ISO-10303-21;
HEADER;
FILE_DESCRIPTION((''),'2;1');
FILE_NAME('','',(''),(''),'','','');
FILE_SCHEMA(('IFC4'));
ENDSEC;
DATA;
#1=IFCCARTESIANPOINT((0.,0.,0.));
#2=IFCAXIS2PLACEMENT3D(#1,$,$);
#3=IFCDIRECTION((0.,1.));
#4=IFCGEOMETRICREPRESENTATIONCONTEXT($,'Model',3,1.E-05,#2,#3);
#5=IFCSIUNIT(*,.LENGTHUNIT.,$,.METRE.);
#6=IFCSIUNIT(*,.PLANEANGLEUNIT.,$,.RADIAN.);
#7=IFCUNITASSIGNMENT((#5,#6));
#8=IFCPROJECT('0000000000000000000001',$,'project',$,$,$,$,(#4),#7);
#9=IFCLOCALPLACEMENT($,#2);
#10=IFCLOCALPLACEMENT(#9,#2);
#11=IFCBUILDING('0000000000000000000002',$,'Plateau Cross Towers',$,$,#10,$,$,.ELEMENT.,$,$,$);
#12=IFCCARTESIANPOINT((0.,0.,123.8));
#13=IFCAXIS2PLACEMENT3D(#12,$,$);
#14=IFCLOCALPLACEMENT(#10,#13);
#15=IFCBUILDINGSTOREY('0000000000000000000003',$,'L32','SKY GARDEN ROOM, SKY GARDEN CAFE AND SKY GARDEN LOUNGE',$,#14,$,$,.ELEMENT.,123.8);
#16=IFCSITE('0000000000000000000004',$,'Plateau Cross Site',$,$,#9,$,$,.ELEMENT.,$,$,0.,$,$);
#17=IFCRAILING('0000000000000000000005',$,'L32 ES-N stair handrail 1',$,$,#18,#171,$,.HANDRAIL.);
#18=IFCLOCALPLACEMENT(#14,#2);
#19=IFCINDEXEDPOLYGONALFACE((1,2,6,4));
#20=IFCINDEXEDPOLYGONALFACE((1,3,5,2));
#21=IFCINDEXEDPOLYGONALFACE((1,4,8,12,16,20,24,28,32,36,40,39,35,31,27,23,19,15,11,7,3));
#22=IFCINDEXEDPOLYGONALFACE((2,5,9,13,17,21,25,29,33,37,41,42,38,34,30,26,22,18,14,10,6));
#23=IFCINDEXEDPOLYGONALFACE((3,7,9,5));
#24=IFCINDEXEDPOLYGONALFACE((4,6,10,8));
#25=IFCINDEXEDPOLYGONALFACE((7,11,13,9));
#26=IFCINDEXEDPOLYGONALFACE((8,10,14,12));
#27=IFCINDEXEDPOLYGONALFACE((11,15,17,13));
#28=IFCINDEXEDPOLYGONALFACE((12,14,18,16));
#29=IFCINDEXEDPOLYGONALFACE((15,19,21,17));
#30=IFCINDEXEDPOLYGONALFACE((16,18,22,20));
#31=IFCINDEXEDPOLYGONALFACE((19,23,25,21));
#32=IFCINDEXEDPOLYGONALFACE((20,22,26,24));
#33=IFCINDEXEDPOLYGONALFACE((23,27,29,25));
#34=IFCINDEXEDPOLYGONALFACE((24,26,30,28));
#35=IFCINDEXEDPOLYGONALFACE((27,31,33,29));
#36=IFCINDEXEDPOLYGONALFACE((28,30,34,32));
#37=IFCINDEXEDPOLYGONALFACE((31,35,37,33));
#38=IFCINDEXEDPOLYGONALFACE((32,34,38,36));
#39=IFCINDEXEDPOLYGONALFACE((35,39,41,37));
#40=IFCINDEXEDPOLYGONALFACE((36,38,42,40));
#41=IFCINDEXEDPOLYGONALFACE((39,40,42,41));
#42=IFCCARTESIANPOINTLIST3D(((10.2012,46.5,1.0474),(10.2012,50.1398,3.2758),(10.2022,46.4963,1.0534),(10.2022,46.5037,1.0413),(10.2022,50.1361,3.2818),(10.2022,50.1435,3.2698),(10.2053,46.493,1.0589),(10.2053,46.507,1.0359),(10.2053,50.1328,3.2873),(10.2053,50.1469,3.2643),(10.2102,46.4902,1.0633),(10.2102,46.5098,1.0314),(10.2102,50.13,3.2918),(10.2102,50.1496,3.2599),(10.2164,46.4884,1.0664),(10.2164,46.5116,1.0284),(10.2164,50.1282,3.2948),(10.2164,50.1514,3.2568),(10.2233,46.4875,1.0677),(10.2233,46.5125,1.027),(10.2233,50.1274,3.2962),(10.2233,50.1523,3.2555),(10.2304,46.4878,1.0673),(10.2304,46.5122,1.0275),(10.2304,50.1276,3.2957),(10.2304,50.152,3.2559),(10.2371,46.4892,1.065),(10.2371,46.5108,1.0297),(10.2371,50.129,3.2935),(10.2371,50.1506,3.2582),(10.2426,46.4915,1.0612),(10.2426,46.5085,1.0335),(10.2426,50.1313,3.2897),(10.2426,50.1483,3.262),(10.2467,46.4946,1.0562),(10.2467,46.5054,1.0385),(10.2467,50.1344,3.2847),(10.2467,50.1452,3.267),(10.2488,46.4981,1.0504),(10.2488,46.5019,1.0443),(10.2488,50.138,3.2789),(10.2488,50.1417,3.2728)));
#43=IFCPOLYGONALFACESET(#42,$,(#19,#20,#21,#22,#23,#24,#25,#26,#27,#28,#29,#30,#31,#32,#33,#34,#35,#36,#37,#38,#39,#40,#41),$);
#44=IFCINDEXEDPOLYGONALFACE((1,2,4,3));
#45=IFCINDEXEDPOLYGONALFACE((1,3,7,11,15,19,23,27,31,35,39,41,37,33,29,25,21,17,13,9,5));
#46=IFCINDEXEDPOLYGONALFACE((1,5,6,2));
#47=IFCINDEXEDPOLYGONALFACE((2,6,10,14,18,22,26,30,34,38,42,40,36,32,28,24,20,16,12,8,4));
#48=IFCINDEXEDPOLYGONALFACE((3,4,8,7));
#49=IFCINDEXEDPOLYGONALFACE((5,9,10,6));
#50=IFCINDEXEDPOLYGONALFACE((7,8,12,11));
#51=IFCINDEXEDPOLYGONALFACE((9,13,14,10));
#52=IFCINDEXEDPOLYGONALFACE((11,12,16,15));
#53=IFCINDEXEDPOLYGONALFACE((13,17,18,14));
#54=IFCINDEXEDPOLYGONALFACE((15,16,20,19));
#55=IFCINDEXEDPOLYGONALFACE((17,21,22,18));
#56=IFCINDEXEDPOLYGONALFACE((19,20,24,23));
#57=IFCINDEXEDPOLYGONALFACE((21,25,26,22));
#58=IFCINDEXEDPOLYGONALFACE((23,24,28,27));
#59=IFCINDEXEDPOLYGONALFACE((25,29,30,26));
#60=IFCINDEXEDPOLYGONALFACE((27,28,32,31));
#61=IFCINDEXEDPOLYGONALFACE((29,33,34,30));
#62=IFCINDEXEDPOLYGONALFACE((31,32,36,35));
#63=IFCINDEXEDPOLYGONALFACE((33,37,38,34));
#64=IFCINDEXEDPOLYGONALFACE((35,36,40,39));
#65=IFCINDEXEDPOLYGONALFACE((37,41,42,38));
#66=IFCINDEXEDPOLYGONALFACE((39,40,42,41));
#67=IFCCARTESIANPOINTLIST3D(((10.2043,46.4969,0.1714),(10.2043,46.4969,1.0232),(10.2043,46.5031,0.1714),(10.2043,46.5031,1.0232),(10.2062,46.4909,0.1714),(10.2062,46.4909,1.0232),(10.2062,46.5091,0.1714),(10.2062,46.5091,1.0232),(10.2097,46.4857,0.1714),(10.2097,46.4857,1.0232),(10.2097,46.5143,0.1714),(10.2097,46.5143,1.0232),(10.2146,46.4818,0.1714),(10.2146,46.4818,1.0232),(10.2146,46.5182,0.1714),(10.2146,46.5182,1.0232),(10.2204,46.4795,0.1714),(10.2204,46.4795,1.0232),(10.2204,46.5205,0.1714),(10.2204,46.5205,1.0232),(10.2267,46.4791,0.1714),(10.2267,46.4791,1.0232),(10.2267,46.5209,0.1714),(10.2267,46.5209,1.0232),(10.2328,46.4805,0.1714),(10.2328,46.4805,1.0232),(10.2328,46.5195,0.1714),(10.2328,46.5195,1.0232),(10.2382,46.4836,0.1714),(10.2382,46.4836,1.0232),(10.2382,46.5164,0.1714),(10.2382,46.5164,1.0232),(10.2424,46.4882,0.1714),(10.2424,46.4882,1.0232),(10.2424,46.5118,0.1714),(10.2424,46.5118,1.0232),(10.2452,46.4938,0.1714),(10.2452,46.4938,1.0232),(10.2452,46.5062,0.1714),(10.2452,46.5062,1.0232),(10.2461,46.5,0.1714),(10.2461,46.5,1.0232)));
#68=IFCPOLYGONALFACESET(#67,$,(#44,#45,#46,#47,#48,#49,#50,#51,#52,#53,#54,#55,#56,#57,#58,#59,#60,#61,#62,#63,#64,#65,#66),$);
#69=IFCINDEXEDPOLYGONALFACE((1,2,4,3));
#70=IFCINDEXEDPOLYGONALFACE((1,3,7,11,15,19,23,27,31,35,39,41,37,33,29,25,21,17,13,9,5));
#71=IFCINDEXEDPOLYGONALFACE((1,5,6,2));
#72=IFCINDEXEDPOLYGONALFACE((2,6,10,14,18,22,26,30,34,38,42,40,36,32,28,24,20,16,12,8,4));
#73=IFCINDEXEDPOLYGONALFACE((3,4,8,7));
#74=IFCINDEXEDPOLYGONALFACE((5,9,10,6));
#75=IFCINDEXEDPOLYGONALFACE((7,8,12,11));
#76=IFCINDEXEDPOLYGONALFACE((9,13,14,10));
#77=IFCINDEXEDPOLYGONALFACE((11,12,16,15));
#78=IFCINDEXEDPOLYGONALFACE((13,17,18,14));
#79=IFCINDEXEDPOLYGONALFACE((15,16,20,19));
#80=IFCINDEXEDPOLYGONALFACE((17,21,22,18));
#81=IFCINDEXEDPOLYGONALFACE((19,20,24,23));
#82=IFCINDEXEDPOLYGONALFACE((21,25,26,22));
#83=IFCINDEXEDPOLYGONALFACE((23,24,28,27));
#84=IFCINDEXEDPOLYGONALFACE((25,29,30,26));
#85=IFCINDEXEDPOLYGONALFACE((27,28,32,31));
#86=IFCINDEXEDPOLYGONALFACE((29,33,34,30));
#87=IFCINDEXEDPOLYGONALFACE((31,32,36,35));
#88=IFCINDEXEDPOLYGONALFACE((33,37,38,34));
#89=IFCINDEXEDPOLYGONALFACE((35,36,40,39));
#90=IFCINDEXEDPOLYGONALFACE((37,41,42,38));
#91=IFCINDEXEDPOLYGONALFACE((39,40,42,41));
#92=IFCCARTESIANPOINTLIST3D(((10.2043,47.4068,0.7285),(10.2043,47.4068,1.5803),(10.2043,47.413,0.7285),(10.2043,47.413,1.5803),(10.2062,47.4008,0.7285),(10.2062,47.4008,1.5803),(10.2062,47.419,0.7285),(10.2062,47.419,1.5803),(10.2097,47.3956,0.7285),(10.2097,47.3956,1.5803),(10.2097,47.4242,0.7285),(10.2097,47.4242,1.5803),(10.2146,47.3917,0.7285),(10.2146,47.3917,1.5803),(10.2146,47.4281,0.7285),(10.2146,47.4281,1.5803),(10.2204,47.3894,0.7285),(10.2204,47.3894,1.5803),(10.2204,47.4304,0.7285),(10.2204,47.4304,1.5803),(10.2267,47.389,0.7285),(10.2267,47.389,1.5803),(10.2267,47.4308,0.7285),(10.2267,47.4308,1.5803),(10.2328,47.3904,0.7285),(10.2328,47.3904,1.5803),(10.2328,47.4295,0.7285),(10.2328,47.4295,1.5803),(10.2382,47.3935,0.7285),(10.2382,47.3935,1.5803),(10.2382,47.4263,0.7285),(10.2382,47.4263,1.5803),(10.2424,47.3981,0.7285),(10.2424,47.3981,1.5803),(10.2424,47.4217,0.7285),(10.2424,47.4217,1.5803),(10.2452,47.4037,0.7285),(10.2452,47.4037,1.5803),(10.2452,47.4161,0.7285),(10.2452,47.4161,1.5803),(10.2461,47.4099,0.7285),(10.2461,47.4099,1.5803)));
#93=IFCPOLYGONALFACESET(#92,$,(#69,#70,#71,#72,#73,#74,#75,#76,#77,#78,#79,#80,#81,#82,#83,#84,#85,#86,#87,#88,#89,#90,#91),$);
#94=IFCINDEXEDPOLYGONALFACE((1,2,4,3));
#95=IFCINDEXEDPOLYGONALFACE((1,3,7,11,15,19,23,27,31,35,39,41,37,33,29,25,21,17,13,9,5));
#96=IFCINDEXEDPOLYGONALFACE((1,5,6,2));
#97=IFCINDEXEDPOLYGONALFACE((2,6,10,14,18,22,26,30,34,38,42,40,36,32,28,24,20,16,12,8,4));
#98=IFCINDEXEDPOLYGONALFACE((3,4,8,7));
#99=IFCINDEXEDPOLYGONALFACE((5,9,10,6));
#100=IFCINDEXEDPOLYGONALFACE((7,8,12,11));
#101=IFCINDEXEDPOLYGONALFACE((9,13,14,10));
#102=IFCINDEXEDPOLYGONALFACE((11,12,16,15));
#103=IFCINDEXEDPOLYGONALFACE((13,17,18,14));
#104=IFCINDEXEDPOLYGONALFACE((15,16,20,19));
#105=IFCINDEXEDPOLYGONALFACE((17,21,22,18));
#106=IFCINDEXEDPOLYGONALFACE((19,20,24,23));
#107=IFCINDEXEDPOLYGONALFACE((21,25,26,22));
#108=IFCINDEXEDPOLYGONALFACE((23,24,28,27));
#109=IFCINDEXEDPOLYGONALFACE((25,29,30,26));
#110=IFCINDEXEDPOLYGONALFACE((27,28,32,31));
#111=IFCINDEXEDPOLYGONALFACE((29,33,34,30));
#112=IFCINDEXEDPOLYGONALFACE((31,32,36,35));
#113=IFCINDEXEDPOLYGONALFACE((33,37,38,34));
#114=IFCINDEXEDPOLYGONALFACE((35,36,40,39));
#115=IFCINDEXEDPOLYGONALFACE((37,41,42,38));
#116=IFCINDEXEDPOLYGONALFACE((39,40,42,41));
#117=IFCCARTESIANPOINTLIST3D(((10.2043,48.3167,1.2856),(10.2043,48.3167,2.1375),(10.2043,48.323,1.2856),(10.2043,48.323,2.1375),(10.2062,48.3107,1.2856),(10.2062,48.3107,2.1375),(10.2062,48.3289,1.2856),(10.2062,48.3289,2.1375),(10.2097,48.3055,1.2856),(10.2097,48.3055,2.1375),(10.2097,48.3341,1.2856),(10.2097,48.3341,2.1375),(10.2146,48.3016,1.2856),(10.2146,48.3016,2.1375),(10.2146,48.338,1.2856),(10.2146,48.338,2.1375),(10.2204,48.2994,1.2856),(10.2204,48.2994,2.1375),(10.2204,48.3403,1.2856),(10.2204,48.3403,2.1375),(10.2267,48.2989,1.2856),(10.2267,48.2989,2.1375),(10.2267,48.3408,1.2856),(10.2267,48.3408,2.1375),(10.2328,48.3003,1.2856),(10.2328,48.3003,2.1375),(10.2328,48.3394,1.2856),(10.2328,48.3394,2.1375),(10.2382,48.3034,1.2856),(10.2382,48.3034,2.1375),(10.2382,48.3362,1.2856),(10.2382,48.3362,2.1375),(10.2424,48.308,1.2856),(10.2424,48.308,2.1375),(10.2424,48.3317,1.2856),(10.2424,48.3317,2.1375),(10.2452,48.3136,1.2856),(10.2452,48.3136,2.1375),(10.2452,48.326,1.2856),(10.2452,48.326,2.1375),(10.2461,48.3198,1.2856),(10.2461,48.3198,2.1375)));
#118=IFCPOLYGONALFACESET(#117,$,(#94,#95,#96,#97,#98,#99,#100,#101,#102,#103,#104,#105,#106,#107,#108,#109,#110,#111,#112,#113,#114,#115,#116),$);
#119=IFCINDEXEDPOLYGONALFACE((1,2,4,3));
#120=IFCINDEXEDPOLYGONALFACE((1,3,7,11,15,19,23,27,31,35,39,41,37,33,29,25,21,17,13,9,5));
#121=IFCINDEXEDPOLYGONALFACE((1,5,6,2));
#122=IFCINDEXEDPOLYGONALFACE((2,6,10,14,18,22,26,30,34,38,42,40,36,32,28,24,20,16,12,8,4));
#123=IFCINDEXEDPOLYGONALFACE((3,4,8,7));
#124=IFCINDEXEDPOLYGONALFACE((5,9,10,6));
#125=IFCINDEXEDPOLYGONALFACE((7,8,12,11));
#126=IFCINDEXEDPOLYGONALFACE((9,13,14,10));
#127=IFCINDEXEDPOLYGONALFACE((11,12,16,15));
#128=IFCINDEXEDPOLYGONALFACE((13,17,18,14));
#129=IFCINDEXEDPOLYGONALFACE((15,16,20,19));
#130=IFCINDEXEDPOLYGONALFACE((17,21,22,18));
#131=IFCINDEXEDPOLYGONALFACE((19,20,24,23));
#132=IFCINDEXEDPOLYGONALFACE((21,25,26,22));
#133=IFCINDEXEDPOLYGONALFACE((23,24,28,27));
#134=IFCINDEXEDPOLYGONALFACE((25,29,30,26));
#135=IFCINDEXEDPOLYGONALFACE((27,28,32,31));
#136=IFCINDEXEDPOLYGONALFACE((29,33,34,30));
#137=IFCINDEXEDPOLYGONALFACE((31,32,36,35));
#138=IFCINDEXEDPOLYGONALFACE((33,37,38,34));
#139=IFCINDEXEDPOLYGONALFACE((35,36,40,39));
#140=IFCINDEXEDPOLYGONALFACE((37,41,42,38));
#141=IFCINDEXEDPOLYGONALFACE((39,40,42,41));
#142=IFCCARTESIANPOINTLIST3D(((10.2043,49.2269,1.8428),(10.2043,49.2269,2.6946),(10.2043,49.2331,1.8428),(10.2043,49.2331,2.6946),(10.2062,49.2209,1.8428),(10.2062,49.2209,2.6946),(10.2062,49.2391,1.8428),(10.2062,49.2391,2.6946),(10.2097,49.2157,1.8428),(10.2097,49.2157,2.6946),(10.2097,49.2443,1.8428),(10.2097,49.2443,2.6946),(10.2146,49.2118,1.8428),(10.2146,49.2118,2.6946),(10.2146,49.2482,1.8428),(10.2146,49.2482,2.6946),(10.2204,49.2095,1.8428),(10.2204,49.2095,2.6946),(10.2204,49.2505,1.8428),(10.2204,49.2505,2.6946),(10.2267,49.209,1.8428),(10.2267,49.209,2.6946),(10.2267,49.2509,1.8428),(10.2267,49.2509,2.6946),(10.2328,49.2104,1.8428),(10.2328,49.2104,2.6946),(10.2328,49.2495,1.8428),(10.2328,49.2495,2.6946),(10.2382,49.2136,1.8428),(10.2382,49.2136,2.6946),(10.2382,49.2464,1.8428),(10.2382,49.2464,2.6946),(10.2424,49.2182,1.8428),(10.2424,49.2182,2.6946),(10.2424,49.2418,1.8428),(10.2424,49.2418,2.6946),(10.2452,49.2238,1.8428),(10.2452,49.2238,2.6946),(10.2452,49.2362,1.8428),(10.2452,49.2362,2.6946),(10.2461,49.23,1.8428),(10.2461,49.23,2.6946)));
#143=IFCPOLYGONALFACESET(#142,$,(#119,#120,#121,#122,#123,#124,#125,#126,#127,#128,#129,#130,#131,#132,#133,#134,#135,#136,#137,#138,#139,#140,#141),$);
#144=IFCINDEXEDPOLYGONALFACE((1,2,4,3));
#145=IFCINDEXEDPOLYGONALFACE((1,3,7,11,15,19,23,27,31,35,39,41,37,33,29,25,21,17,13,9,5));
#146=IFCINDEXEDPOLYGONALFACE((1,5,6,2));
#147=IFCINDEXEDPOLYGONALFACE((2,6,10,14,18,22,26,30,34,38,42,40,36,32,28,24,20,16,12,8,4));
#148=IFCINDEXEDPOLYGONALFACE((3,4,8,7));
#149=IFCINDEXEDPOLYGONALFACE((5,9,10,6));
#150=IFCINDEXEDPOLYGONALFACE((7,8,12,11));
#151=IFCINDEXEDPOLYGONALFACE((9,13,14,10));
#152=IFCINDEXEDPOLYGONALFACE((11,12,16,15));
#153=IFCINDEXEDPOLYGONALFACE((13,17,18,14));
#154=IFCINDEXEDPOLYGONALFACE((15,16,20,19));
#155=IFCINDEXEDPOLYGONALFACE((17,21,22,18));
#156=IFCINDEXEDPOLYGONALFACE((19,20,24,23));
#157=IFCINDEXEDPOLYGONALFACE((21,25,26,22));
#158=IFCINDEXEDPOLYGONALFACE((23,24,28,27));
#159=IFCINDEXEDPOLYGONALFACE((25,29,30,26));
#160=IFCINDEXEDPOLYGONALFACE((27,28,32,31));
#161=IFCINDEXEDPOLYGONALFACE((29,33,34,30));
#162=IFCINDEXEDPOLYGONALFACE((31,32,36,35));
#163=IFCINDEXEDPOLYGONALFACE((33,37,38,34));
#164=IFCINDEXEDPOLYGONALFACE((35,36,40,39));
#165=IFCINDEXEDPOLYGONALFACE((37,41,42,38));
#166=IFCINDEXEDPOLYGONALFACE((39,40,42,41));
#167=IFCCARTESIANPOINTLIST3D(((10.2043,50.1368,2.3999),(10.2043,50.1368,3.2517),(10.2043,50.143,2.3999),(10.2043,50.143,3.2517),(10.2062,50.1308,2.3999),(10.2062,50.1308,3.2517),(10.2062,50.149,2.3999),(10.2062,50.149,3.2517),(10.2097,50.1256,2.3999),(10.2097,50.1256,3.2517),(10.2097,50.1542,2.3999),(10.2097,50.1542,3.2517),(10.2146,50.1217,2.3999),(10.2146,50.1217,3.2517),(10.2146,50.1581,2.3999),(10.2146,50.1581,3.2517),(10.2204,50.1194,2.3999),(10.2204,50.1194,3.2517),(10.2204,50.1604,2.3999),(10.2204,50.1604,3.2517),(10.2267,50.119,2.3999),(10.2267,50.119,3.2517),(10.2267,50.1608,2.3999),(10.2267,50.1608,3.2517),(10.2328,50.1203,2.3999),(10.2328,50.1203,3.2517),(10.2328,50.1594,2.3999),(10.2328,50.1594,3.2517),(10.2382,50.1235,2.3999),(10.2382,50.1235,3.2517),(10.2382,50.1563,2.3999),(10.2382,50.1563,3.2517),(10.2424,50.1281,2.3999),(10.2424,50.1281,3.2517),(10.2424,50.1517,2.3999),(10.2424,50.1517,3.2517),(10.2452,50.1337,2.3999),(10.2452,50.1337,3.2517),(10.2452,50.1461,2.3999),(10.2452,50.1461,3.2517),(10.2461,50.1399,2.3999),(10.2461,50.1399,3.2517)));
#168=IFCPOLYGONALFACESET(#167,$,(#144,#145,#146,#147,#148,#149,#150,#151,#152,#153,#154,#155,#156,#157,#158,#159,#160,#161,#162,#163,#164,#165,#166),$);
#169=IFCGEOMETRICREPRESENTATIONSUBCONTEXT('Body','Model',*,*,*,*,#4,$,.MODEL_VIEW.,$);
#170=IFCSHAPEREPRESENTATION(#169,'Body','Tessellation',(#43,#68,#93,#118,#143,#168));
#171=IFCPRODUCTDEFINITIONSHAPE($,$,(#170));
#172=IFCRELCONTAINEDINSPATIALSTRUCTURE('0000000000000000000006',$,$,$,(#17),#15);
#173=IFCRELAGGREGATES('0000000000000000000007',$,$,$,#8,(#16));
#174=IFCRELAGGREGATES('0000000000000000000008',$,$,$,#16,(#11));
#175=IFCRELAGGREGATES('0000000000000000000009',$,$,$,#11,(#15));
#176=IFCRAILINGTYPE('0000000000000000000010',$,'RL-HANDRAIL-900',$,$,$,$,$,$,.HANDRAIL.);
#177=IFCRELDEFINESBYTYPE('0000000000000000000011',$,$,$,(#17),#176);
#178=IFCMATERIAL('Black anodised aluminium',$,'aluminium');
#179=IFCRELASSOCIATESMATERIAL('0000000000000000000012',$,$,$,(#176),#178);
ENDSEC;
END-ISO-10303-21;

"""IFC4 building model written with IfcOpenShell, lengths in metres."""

from ifc_helpers import new_model, si_unit, direction, frame, origin, origin_2d, place, context, subcontext, project, spatial, circle, extrude, material, type_object, element, save


model = new_model("IFC4")

# Units and contexts
model_context = context("Model", 3, precision=1e-05, world=origin(), true_north=direction((0.0, 1.0)))
body_context = subcontext(model_context, "Body", "Model", "MODEL_VIEW")
ifc_project = project(units=[si_unit("LENGTHUNIT", "METRE"), si_unit("PLANEANGLEUNIT", "RADIAN")], contexts=[model_context])

# Site, building, storey
site_placement = place(None, origin())
site = spatial("IfcSite", under=ifc_project, at=site_placement, Name="Plateau Cross Site", CompositionType="ELEMENT", RefElevation=0.0)
building_placement = place(site_placement, origin())
building = spatial("IfcBuilding", under=site, at=building_placement, Name="Plateau Cross Towers", CompositionType="ELEMENT")
storey_placement = place(building_placement, frame((0.0, 0.0, 123.8)))
storey = spatial("IfcBuildingStorey", under=building, at=storey_placement, Name="L32", Description="SKY GARDEN ROOM, SKY GARDEN CAFE AND SKY GARDEN LOUNGE", CompositionType="ELEMENT", Elevation=123.8)

# Shared definitions
ifc_material_1 = material(Name="Black anodised aluminium", Category="aluminium")

# Railing
railing_type_1 = type_object("IfcRailingType", Name="RL-HANDRAIL-900", PredefinedType="HANDRAIL", material=ifc_material_1)
railing_1_placement = place(storey_placement, frame((10.2251, 46.5, 0.1714)))
element("IfcRailing", 1, at=railing_1_placement, inside=storey, type_object=railing_type_1, Name="L32 ES-N stair handrail 1", PredefinedType="HANDRAIL", context=body_context, shape_type="SweptSolid", body=[
    extrude(circle(Radius=0.0239, at=origin_2d()), frame((0.0, 0.0, 0.876), z_axis=(0.0, 0.85285, 0.522156), x_axis=(-1.0, 0.0, 0.0)), (0.0, 0.0, 1.0), 4.2678),
    extrude(circle(Radius=0.021, at=origin_2d()), origin(), (0.0, 0.0, 1.0), 0.8518),
    extrude(circle(Radius=0.021, at=origin_2d()), frame((0.0, 0.9099, 0.5571)), (0.0, 0.0, 1.0), 0.8518),
    extrude(circle(Radius=0.021, at=origin_2d()), frame((0.0, 1.8198, 1.1143)), (0.0, 0.0, 1.0), 0.8518),
    extrude(circle(Radius=0.021, at=origin_2d()), frame((0.0, 2.73, 1.6714)), (0.0, 0.0, 1.0), 0.8518),
    extrude(circle(Radius=0.021, at=origin_2d()), frame((0.0, 3.6399, 2.2285)), (0.0, 0.0, 1.0), 0.8518),
])

save(model, "model.ifc")
